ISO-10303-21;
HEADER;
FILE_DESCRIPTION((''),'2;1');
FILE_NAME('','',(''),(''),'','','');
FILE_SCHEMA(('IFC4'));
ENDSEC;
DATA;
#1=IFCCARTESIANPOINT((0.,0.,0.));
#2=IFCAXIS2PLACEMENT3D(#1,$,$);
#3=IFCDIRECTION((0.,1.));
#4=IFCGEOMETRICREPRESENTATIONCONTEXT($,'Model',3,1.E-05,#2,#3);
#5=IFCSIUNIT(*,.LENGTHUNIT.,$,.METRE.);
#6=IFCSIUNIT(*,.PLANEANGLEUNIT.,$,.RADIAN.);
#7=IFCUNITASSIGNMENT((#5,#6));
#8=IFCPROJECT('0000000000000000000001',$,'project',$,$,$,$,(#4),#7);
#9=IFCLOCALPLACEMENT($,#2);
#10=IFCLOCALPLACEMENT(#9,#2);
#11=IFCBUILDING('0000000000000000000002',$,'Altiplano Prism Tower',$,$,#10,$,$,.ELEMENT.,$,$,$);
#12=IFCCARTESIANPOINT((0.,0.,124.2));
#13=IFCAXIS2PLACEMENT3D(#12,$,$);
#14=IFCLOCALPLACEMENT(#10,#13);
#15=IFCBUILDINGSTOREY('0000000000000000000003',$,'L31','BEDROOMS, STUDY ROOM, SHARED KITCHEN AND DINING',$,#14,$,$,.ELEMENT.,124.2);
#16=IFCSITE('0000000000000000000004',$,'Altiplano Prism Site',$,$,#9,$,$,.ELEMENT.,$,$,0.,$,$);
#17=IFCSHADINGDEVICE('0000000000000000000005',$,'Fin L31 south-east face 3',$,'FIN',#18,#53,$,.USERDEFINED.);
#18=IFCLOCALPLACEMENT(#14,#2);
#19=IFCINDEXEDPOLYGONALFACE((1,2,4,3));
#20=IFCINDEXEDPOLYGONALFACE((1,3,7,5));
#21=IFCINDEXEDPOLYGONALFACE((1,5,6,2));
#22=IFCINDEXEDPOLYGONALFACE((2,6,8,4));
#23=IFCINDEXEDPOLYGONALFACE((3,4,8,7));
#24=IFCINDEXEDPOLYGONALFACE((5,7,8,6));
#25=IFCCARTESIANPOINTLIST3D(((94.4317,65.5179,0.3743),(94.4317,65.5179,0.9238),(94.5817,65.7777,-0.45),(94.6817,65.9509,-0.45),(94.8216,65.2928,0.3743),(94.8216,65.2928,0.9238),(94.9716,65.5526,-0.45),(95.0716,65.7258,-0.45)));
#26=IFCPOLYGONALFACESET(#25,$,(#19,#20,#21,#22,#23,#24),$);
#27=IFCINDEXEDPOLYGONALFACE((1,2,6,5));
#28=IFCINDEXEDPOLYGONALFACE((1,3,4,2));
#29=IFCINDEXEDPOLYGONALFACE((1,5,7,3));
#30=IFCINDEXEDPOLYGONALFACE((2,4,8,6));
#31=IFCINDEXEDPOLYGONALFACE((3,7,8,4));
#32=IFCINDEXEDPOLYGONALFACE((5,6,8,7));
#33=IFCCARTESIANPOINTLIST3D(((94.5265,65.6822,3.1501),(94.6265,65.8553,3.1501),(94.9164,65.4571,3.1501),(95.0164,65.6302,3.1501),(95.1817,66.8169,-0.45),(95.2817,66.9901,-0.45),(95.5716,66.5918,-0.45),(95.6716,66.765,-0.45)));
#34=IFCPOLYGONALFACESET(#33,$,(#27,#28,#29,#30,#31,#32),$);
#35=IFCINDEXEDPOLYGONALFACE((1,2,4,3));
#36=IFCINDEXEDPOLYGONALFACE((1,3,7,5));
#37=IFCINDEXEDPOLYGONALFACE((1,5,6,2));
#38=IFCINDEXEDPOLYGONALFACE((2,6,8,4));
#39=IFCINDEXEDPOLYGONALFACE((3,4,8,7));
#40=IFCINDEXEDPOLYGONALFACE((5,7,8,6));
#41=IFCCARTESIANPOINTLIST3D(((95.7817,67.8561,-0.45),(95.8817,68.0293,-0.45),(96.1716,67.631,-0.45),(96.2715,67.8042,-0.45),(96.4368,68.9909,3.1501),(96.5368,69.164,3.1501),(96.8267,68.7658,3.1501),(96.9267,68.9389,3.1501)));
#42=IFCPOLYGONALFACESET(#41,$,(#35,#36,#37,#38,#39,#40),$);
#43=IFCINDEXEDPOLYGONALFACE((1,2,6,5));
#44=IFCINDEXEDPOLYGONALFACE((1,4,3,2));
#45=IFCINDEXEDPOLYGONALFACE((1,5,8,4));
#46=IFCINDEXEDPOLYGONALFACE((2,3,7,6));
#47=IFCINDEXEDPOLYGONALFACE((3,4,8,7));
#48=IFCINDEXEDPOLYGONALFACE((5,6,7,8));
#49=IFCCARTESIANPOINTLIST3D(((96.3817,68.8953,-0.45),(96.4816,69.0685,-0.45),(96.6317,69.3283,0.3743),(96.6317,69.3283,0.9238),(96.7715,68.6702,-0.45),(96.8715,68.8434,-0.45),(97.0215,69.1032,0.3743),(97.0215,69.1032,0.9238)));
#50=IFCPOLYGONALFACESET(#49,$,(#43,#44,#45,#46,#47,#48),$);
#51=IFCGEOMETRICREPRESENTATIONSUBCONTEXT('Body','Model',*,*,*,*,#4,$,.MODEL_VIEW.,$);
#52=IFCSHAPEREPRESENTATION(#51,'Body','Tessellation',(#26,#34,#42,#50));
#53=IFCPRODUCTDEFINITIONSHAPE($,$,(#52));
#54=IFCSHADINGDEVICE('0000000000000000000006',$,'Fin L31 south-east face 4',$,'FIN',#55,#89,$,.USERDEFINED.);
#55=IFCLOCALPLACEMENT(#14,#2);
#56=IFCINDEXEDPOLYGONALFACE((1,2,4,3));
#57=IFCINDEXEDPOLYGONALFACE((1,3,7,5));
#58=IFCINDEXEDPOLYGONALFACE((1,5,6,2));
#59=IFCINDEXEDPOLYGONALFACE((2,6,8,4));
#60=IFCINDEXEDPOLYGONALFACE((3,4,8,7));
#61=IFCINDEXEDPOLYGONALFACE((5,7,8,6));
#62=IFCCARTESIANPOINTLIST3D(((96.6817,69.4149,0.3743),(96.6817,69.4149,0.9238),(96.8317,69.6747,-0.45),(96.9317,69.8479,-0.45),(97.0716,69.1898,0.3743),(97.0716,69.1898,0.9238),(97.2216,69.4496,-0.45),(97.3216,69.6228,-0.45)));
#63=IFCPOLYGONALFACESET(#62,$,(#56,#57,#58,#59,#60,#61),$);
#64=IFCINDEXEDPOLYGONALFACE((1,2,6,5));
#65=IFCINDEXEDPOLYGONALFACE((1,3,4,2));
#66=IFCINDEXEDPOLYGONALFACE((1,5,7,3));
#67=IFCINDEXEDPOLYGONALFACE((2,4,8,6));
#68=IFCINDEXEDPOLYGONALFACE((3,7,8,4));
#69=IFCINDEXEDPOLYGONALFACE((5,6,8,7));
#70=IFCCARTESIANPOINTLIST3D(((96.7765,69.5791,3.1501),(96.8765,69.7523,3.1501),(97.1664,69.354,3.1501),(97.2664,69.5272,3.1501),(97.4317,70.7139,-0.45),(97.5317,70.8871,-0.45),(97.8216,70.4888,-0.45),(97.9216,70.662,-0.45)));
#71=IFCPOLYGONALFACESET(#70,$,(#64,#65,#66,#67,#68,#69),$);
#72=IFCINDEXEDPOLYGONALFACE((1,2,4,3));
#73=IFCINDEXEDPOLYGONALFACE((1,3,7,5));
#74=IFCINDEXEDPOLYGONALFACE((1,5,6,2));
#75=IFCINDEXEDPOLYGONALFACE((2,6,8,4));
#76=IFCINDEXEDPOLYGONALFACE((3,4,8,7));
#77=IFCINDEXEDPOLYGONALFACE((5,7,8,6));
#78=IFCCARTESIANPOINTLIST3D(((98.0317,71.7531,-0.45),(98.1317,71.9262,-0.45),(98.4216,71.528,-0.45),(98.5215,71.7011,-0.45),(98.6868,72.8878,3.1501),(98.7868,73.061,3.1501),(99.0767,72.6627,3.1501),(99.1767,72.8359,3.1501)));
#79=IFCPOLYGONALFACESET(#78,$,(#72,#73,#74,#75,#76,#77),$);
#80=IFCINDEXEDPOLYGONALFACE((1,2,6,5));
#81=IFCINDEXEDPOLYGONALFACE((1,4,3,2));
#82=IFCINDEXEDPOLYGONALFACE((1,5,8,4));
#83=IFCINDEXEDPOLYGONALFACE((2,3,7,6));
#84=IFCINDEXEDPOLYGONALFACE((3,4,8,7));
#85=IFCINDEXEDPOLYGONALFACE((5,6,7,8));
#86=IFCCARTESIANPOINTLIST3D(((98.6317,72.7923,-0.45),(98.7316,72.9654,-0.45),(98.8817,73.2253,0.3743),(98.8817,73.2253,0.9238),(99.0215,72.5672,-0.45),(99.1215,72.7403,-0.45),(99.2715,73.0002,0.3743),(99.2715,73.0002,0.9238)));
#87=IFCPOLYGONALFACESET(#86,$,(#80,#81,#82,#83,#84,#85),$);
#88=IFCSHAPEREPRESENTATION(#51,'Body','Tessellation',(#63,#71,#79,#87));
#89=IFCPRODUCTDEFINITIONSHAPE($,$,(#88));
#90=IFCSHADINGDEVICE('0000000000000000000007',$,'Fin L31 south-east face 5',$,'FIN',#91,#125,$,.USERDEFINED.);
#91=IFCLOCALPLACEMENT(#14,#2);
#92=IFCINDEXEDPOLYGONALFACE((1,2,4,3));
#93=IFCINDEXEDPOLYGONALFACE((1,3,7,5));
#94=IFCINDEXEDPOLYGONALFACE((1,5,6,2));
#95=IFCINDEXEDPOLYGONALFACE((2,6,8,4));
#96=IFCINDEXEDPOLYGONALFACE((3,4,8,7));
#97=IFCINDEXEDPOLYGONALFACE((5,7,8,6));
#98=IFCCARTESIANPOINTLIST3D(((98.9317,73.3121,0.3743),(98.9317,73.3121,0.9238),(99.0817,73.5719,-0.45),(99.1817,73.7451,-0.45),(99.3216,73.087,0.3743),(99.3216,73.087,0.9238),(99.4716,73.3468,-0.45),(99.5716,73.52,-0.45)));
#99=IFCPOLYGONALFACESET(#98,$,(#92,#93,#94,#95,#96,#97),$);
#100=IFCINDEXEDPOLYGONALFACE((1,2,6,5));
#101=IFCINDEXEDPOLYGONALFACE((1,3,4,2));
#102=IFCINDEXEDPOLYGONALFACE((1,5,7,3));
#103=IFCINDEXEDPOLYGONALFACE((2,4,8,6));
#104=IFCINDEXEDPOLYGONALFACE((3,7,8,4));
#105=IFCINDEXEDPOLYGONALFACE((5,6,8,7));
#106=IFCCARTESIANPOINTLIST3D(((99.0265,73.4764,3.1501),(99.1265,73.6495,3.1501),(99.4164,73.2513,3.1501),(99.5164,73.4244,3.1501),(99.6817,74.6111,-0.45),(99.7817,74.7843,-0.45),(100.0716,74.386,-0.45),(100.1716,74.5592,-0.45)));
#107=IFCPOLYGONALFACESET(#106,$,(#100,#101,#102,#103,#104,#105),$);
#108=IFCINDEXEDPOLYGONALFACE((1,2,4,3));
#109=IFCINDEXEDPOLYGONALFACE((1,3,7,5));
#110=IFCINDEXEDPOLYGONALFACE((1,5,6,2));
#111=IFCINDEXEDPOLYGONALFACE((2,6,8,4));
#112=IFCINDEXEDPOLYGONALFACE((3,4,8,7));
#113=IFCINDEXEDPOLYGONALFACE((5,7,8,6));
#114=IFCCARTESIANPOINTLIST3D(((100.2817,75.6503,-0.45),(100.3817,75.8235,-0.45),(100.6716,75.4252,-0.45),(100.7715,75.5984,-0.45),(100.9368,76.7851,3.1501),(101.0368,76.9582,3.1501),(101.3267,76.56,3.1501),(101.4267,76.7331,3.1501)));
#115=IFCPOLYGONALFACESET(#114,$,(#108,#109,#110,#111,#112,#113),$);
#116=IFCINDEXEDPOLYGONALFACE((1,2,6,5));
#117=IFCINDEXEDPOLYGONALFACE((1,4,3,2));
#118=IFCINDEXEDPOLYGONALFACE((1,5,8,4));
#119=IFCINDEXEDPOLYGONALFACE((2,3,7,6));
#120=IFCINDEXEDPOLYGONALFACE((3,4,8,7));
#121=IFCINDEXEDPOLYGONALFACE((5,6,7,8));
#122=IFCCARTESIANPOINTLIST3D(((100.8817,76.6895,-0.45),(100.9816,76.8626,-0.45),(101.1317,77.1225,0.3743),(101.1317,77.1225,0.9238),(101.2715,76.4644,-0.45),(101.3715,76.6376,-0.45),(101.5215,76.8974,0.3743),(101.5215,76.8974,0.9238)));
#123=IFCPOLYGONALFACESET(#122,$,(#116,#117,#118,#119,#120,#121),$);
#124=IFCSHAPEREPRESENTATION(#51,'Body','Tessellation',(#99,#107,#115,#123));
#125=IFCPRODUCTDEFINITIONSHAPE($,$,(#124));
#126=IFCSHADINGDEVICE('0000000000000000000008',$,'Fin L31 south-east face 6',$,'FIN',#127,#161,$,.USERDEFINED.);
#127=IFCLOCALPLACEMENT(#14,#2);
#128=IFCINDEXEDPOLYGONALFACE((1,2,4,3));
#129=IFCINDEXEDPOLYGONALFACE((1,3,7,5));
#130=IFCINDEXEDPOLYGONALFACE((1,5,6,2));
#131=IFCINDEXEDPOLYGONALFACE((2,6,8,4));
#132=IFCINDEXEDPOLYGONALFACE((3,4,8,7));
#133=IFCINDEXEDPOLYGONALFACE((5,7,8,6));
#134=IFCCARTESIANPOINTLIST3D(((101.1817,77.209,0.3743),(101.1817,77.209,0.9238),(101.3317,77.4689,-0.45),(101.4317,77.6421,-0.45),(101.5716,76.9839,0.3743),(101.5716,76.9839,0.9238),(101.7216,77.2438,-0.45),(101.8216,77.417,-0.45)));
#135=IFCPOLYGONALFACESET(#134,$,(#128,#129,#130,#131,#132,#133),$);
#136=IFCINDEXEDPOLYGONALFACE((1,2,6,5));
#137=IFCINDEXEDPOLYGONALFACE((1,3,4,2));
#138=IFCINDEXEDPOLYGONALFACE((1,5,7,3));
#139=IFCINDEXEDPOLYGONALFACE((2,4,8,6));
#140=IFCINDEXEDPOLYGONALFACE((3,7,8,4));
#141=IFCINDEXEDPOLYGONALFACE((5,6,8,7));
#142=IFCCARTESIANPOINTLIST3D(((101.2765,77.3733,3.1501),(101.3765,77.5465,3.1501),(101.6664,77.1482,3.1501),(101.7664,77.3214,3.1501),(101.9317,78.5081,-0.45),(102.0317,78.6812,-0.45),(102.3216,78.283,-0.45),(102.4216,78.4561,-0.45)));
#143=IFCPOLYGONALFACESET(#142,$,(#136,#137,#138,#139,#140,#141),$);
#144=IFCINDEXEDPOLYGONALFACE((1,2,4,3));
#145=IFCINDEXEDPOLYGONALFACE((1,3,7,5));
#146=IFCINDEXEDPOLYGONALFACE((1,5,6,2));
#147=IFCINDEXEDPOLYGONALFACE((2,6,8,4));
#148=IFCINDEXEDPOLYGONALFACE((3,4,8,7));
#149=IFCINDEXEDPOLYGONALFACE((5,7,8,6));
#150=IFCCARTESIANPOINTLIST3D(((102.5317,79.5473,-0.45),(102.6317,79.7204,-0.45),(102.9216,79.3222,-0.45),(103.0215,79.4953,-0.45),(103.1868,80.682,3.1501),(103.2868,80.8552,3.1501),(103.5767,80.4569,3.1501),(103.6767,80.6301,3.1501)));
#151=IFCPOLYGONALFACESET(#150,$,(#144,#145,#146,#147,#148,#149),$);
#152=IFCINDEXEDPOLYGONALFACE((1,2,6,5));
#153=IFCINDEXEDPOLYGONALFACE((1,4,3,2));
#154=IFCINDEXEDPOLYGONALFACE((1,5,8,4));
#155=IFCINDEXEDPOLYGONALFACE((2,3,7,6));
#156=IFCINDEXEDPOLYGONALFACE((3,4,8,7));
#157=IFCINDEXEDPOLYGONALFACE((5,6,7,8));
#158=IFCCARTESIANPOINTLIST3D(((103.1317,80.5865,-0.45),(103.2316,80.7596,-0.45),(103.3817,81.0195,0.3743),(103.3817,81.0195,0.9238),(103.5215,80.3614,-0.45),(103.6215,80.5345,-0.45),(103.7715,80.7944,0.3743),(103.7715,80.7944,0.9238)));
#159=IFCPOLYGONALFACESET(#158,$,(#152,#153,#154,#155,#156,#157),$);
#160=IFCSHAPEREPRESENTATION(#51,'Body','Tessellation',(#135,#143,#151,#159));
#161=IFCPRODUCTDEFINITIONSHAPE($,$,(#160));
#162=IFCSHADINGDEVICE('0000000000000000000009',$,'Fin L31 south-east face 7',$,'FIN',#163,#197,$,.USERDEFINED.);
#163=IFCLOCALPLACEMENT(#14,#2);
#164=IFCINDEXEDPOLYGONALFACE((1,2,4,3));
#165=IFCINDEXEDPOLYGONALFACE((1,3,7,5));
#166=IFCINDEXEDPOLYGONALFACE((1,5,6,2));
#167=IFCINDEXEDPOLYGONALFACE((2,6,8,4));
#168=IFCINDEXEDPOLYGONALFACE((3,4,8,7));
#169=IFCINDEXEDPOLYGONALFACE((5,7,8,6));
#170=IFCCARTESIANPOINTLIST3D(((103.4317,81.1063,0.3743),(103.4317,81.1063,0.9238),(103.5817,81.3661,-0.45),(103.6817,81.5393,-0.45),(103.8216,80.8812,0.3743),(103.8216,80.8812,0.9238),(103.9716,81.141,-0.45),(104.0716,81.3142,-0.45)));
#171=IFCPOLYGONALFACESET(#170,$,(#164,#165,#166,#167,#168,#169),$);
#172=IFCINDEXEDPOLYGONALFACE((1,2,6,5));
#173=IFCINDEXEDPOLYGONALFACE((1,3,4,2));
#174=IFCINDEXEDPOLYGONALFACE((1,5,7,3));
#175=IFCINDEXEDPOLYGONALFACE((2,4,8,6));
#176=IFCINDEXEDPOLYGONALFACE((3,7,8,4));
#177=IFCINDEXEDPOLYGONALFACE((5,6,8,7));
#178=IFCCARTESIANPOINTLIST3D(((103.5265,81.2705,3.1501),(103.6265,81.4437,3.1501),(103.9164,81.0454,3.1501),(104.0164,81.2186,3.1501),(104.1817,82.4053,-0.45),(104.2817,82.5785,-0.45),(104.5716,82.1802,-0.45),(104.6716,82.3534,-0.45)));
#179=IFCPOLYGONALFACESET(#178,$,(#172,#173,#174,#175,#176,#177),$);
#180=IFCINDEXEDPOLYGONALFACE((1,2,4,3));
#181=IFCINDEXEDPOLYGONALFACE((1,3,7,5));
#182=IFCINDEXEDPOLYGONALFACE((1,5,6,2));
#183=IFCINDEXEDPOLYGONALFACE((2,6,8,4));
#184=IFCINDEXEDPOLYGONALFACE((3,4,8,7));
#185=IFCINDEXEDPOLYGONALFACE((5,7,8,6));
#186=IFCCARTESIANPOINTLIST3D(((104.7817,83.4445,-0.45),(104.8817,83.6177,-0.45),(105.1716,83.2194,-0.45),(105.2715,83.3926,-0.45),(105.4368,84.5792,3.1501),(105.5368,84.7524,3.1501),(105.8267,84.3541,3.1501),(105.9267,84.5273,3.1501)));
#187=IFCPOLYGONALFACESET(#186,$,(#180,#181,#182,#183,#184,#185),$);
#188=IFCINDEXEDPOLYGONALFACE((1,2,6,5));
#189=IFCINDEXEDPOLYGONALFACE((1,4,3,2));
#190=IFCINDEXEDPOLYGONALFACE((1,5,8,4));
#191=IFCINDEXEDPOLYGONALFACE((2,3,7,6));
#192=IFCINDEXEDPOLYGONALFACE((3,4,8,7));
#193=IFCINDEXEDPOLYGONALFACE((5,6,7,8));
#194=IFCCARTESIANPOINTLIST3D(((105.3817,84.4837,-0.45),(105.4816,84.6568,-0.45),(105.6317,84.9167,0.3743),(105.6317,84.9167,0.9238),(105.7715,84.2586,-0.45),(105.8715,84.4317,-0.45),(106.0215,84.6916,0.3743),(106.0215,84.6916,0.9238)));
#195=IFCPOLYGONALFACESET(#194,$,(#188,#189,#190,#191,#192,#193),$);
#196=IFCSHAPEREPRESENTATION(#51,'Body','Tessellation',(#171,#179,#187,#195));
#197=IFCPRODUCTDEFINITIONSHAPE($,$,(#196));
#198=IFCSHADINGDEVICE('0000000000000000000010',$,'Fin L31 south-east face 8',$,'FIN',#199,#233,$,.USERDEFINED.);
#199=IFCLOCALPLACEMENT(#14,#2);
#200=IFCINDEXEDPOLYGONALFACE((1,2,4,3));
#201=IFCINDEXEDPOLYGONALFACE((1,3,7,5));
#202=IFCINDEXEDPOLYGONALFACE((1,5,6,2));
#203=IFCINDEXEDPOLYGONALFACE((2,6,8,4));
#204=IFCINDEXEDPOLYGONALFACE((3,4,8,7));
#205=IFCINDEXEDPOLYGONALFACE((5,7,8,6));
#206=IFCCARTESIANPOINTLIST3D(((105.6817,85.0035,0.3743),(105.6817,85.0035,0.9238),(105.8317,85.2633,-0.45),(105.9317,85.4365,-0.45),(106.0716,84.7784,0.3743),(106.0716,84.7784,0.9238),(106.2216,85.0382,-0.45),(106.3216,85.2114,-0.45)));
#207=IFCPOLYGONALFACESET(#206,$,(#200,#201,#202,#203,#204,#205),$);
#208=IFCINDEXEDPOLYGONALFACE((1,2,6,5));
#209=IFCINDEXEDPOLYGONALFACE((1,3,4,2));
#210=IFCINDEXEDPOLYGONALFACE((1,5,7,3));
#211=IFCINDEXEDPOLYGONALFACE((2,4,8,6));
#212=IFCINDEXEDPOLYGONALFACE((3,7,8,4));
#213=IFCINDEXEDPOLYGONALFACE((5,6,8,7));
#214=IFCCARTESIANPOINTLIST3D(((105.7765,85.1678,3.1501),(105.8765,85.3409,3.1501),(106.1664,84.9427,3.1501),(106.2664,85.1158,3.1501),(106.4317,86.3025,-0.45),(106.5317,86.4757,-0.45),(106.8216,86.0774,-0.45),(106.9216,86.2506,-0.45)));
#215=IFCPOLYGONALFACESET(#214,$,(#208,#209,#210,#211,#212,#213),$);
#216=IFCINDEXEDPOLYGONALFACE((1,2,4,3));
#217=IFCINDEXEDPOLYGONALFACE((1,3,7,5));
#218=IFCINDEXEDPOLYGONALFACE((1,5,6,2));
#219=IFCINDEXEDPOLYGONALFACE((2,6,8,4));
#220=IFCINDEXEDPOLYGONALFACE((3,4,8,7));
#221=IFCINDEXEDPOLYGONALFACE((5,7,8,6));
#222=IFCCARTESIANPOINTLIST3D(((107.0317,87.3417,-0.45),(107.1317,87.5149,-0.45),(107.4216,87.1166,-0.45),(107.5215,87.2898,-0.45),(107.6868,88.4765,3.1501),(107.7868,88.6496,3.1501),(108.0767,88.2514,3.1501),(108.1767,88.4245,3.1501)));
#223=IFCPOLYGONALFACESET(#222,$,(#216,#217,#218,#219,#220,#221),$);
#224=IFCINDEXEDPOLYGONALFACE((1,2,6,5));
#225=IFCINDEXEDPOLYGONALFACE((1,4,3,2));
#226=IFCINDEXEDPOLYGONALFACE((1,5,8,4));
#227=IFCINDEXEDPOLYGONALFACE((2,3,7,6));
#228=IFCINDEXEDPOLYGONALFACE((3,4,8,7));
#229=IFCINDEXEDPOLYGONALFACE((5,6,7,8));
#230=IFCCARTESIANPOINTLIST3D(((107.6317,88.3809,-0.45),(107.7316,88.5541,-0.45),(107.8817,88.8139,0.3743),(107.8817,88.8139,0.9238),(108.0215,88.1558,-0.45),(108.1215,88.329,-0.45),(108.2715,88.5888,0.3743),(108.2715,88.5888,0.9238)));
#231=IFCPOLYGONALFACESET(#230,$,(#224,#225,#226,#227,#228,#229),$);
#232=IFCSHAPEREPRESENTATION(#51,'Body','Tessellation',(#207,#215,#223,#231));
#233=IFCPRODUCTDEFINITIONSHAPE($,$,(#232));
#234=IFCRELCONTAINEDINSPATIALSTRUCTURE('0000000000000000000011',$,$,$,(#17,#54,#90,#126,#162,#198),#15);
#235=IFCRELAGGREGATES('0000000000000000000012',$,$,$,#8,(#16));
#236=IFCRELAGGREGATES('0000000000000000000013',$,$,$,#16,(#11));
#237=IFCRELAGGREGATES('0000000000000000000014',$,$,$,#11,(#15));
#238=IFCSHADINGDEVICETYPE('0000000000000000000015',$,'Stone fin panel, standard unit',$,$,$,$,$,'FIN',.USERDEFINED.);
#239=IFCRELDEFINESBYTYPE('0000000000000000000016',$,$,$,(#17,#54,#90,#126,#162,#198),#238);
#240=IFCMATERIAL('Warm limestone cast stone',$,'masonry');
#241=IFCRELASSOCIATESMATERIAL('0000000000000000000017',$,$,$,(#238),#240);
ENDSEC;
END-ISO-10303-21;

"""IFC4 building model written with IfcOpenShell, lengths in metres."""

from ifc_helpers import new_model, si_unit, direction, frame, origin, place, context, subcontext, project, spatial, polyline, outline, extrude, source, transform, mapped, material, type_object, element, save


model = new_model("IFC4")

# Units and contexts
model_context = context("Model", 3, precision=1e-05, world=origin(), true_north=direction((0.0, 1.0)))
body_context = subcontext(model_context, "Body", "Model", "MODEL_VIEW")
ifc_project = project(units=[si_unit("LENGTHUNIT", "METRE"), si_unit("PLANEANGLEUNIT", "RADIAN")], contexts=[model_context])

# Site, building, storey
site_placement = place(None, origin())
site = spatial("IfcSite", under=ifc_project, at=site_placement, Name="Altiplano Prism Site", CompositionType="ELEMENT", RefElevation=0.0)
building_placement = place(site_placement, origin())
building = spatial("IfcBuilding", under=site, at=building_placement, Name="Altiplano Prism Tower", CompositionType="ELEMENT")
storey_placement = place(building_placement, frame((0.0, 0.0, 124.2)))
storey = spatial("IfcBuildingStorey", under=building, at=storey_placement, Name="L31", Description="BEDROOMS, STUDY ROOM, SHARED KITCHEN AND DINING", CompositionType="ELEMENT", Elevation=124.2)

# Shading devices
ifc_material_1 = material(Name="Warm limestone cast stone", Category="masonry")
shading_device_type_1 = type_object("IfcShadingDeviceType", Name="Stone fin panel, standard unit", ElementType="FIN", PredefinedType="USERDEFINED", material=ifc_material_1)
shared_shape_1 = source(origin(), body_context, "Body", "SweptSolid", [
    extrude(outline(polyline([(-2.2, 1.3738), (-2.2, 0.8242), (-1.8999, 0.0), (-1.7, 0.0), (-2.2, 1.3738)])), frame((0.0, -0.1499, 0.0), z_axis=(0.0, -1.0, 0.0), x_axis=(1.0, 0.0, 0.0)), (0.0, 0.0, 1.0), 0.4502),
    extrude(outline(polyline([(-2.0103, 3.6001), (-0.7, 0.0), (-0.5, 0.0), (-1.8103, 3.6001), (-2.0103, 3.6001)])), frame((0.0, -0.1499, 0.0), z_axis=(0.0, -1.0, 0.0), x_axis=(1.0, 0.0, 0.0)), (0.0, 0.0, 1.0), 0.4502),
    extrude(outline(polyline([(1.8103, 3.6001), (0.5, 0.0), (0.7, 0.0), (2.0103, 3.6001), (1.8103, 3.6001)])), frame((0.0, -0.1499, 0.0), z_axis=(0.0, -1.0, 0.0), x_axis=(1.0, 0.0, 0.0)), (0.0, 0.0, 1.0), 0.4502),
    extrude(outline(polyline([(2.2, 0.8242), (2.2, 1.3738), (1.7, 0.0), (1.8999, 0.0), (2.2, 0.8242)])), frame((0.0, -0.1499, 0.0), z_axis=(0.0, -1.0, 0.0), x_axis=(1.0, 0.0, 0.0)), (0.0, 0.0, 1.0), 0.4502),
])
shading_device_1_placement = place(storey_placement, origin())
element("IfcShadingDevice", 1, at=shading_device_1_placement, inside=storey, type_object=shading_device_type_1, Name="Fin L31 south-east face 3", ObjectType="FIN", PredefinedType="USERDEFINED", context=body_context, shape_type="MappedRepresentation", body=[
    mapped(shared_shape_1, transform((95.4019, 67.498, -0.45), x_axis=(0.5, 0.866025, 0.0), y_axis=(-0.866025, 0.5, 0.0), z_axis=(0.0, 0.0, 1.0))),
])
shading_device_2_placement = place(storey_placement, origin())
element("IfcShadingDevice", 2, at=shading_device_2_placement, inside=storey, type_object=shading_device_type_1, Name="Fin L31 south-east face 4", ObjectType="FIN", PredefinedType="USERDEFINED", context=body_context, shape_type="MappedRepresentation", body=[
    mapped(shared_shape_1, transform((97.6519, 71.395, -0.45), x_axis=(0.5, 0.866025, 0.0), y_axis=(-0.866025, 0.5, 0.0), z_axis=(0.0, 0.0, 1.0))),
])
shading_device_3_placement = place(storey_placement, origin())
element("IfcShadingDevice", 3, at=shading_device_3_placement, inside=storey, type_object=shading_device_type_1, Name="Fin L31 south-east face 5", ObjectType="FIN", PredefinedType="USERDEFINED", context=body_context, shape_type="MappedRepresentation", body=[
    mapped(shared_shape_1, transform((99.9019, 75.2922, -0.45), x_axis=(0.5, 0.866025, 0.0), y_axis=(-0.866025, 0.5, 0.0), z_axis=(0.0, 0.0, 1.0))),
])
shading_device_4_placement = place(storey_placement, origin())
element("IfcShadingDevice", 4, at=shading_device_4_placement, inside=storey, type_object=shading_device_type_1, Name="Fin L31 south-east face 6", ObjectType="FIN", PredefinedType="USERDEFINED", context=body_context, shape_type="MappedRepresentation", body=[
    mapped(shared_shape_1, transform((102.1519, 79.1892, -0.45), x_axis=(0.5, 0.866025, 0.0), y_axis=(-0.866025, 0.5, 0.0), z_axis=(0.0, 0.0, 1.0))),
])
shading_device_5_placement = place(storey_placement, origin())
element("IfcShadingDevice", 5, at=shading_device_5_placement, inside=storey, type_object=shading_device_type_1, Name="Fin L31 south-east face 7", ObjectType="FIN", PredefinedType="USERDEFINED", context=body_context, shape_type="MappedRepresentation", body=[
    mapped(shared_shape_1, transform((104.4019, 83.0864, -0.45), x_axis=(0.5, 0.866025, 0.0), y_axis=(-0.866025, 0.5, 0.0), z_axis=(0.0, 0.0, 1.0))),
])
shading_device_6_placement = place(storey_placement, origin())
element("IfcShadingDevice", 6, at=shading_device_6_placement, inside=storey, type_object=shading_device_type_1, Name="Fin L31 south-east face 8", ObjectType="FIN", PredefinedType="USERDEFINED", context=body_context, shape_type="MappedRepresentation", body=[
    mapped(shared_shape_1, transform((106.6519, 86.9836, -0.45), x_axis=(0.5, 0.866025, 0.0), y_axis=(-0.866025, 0.5, 0.0), z_axis=(0.0, 0.0, 1.0))),
])

save(model, "model.ifc")
